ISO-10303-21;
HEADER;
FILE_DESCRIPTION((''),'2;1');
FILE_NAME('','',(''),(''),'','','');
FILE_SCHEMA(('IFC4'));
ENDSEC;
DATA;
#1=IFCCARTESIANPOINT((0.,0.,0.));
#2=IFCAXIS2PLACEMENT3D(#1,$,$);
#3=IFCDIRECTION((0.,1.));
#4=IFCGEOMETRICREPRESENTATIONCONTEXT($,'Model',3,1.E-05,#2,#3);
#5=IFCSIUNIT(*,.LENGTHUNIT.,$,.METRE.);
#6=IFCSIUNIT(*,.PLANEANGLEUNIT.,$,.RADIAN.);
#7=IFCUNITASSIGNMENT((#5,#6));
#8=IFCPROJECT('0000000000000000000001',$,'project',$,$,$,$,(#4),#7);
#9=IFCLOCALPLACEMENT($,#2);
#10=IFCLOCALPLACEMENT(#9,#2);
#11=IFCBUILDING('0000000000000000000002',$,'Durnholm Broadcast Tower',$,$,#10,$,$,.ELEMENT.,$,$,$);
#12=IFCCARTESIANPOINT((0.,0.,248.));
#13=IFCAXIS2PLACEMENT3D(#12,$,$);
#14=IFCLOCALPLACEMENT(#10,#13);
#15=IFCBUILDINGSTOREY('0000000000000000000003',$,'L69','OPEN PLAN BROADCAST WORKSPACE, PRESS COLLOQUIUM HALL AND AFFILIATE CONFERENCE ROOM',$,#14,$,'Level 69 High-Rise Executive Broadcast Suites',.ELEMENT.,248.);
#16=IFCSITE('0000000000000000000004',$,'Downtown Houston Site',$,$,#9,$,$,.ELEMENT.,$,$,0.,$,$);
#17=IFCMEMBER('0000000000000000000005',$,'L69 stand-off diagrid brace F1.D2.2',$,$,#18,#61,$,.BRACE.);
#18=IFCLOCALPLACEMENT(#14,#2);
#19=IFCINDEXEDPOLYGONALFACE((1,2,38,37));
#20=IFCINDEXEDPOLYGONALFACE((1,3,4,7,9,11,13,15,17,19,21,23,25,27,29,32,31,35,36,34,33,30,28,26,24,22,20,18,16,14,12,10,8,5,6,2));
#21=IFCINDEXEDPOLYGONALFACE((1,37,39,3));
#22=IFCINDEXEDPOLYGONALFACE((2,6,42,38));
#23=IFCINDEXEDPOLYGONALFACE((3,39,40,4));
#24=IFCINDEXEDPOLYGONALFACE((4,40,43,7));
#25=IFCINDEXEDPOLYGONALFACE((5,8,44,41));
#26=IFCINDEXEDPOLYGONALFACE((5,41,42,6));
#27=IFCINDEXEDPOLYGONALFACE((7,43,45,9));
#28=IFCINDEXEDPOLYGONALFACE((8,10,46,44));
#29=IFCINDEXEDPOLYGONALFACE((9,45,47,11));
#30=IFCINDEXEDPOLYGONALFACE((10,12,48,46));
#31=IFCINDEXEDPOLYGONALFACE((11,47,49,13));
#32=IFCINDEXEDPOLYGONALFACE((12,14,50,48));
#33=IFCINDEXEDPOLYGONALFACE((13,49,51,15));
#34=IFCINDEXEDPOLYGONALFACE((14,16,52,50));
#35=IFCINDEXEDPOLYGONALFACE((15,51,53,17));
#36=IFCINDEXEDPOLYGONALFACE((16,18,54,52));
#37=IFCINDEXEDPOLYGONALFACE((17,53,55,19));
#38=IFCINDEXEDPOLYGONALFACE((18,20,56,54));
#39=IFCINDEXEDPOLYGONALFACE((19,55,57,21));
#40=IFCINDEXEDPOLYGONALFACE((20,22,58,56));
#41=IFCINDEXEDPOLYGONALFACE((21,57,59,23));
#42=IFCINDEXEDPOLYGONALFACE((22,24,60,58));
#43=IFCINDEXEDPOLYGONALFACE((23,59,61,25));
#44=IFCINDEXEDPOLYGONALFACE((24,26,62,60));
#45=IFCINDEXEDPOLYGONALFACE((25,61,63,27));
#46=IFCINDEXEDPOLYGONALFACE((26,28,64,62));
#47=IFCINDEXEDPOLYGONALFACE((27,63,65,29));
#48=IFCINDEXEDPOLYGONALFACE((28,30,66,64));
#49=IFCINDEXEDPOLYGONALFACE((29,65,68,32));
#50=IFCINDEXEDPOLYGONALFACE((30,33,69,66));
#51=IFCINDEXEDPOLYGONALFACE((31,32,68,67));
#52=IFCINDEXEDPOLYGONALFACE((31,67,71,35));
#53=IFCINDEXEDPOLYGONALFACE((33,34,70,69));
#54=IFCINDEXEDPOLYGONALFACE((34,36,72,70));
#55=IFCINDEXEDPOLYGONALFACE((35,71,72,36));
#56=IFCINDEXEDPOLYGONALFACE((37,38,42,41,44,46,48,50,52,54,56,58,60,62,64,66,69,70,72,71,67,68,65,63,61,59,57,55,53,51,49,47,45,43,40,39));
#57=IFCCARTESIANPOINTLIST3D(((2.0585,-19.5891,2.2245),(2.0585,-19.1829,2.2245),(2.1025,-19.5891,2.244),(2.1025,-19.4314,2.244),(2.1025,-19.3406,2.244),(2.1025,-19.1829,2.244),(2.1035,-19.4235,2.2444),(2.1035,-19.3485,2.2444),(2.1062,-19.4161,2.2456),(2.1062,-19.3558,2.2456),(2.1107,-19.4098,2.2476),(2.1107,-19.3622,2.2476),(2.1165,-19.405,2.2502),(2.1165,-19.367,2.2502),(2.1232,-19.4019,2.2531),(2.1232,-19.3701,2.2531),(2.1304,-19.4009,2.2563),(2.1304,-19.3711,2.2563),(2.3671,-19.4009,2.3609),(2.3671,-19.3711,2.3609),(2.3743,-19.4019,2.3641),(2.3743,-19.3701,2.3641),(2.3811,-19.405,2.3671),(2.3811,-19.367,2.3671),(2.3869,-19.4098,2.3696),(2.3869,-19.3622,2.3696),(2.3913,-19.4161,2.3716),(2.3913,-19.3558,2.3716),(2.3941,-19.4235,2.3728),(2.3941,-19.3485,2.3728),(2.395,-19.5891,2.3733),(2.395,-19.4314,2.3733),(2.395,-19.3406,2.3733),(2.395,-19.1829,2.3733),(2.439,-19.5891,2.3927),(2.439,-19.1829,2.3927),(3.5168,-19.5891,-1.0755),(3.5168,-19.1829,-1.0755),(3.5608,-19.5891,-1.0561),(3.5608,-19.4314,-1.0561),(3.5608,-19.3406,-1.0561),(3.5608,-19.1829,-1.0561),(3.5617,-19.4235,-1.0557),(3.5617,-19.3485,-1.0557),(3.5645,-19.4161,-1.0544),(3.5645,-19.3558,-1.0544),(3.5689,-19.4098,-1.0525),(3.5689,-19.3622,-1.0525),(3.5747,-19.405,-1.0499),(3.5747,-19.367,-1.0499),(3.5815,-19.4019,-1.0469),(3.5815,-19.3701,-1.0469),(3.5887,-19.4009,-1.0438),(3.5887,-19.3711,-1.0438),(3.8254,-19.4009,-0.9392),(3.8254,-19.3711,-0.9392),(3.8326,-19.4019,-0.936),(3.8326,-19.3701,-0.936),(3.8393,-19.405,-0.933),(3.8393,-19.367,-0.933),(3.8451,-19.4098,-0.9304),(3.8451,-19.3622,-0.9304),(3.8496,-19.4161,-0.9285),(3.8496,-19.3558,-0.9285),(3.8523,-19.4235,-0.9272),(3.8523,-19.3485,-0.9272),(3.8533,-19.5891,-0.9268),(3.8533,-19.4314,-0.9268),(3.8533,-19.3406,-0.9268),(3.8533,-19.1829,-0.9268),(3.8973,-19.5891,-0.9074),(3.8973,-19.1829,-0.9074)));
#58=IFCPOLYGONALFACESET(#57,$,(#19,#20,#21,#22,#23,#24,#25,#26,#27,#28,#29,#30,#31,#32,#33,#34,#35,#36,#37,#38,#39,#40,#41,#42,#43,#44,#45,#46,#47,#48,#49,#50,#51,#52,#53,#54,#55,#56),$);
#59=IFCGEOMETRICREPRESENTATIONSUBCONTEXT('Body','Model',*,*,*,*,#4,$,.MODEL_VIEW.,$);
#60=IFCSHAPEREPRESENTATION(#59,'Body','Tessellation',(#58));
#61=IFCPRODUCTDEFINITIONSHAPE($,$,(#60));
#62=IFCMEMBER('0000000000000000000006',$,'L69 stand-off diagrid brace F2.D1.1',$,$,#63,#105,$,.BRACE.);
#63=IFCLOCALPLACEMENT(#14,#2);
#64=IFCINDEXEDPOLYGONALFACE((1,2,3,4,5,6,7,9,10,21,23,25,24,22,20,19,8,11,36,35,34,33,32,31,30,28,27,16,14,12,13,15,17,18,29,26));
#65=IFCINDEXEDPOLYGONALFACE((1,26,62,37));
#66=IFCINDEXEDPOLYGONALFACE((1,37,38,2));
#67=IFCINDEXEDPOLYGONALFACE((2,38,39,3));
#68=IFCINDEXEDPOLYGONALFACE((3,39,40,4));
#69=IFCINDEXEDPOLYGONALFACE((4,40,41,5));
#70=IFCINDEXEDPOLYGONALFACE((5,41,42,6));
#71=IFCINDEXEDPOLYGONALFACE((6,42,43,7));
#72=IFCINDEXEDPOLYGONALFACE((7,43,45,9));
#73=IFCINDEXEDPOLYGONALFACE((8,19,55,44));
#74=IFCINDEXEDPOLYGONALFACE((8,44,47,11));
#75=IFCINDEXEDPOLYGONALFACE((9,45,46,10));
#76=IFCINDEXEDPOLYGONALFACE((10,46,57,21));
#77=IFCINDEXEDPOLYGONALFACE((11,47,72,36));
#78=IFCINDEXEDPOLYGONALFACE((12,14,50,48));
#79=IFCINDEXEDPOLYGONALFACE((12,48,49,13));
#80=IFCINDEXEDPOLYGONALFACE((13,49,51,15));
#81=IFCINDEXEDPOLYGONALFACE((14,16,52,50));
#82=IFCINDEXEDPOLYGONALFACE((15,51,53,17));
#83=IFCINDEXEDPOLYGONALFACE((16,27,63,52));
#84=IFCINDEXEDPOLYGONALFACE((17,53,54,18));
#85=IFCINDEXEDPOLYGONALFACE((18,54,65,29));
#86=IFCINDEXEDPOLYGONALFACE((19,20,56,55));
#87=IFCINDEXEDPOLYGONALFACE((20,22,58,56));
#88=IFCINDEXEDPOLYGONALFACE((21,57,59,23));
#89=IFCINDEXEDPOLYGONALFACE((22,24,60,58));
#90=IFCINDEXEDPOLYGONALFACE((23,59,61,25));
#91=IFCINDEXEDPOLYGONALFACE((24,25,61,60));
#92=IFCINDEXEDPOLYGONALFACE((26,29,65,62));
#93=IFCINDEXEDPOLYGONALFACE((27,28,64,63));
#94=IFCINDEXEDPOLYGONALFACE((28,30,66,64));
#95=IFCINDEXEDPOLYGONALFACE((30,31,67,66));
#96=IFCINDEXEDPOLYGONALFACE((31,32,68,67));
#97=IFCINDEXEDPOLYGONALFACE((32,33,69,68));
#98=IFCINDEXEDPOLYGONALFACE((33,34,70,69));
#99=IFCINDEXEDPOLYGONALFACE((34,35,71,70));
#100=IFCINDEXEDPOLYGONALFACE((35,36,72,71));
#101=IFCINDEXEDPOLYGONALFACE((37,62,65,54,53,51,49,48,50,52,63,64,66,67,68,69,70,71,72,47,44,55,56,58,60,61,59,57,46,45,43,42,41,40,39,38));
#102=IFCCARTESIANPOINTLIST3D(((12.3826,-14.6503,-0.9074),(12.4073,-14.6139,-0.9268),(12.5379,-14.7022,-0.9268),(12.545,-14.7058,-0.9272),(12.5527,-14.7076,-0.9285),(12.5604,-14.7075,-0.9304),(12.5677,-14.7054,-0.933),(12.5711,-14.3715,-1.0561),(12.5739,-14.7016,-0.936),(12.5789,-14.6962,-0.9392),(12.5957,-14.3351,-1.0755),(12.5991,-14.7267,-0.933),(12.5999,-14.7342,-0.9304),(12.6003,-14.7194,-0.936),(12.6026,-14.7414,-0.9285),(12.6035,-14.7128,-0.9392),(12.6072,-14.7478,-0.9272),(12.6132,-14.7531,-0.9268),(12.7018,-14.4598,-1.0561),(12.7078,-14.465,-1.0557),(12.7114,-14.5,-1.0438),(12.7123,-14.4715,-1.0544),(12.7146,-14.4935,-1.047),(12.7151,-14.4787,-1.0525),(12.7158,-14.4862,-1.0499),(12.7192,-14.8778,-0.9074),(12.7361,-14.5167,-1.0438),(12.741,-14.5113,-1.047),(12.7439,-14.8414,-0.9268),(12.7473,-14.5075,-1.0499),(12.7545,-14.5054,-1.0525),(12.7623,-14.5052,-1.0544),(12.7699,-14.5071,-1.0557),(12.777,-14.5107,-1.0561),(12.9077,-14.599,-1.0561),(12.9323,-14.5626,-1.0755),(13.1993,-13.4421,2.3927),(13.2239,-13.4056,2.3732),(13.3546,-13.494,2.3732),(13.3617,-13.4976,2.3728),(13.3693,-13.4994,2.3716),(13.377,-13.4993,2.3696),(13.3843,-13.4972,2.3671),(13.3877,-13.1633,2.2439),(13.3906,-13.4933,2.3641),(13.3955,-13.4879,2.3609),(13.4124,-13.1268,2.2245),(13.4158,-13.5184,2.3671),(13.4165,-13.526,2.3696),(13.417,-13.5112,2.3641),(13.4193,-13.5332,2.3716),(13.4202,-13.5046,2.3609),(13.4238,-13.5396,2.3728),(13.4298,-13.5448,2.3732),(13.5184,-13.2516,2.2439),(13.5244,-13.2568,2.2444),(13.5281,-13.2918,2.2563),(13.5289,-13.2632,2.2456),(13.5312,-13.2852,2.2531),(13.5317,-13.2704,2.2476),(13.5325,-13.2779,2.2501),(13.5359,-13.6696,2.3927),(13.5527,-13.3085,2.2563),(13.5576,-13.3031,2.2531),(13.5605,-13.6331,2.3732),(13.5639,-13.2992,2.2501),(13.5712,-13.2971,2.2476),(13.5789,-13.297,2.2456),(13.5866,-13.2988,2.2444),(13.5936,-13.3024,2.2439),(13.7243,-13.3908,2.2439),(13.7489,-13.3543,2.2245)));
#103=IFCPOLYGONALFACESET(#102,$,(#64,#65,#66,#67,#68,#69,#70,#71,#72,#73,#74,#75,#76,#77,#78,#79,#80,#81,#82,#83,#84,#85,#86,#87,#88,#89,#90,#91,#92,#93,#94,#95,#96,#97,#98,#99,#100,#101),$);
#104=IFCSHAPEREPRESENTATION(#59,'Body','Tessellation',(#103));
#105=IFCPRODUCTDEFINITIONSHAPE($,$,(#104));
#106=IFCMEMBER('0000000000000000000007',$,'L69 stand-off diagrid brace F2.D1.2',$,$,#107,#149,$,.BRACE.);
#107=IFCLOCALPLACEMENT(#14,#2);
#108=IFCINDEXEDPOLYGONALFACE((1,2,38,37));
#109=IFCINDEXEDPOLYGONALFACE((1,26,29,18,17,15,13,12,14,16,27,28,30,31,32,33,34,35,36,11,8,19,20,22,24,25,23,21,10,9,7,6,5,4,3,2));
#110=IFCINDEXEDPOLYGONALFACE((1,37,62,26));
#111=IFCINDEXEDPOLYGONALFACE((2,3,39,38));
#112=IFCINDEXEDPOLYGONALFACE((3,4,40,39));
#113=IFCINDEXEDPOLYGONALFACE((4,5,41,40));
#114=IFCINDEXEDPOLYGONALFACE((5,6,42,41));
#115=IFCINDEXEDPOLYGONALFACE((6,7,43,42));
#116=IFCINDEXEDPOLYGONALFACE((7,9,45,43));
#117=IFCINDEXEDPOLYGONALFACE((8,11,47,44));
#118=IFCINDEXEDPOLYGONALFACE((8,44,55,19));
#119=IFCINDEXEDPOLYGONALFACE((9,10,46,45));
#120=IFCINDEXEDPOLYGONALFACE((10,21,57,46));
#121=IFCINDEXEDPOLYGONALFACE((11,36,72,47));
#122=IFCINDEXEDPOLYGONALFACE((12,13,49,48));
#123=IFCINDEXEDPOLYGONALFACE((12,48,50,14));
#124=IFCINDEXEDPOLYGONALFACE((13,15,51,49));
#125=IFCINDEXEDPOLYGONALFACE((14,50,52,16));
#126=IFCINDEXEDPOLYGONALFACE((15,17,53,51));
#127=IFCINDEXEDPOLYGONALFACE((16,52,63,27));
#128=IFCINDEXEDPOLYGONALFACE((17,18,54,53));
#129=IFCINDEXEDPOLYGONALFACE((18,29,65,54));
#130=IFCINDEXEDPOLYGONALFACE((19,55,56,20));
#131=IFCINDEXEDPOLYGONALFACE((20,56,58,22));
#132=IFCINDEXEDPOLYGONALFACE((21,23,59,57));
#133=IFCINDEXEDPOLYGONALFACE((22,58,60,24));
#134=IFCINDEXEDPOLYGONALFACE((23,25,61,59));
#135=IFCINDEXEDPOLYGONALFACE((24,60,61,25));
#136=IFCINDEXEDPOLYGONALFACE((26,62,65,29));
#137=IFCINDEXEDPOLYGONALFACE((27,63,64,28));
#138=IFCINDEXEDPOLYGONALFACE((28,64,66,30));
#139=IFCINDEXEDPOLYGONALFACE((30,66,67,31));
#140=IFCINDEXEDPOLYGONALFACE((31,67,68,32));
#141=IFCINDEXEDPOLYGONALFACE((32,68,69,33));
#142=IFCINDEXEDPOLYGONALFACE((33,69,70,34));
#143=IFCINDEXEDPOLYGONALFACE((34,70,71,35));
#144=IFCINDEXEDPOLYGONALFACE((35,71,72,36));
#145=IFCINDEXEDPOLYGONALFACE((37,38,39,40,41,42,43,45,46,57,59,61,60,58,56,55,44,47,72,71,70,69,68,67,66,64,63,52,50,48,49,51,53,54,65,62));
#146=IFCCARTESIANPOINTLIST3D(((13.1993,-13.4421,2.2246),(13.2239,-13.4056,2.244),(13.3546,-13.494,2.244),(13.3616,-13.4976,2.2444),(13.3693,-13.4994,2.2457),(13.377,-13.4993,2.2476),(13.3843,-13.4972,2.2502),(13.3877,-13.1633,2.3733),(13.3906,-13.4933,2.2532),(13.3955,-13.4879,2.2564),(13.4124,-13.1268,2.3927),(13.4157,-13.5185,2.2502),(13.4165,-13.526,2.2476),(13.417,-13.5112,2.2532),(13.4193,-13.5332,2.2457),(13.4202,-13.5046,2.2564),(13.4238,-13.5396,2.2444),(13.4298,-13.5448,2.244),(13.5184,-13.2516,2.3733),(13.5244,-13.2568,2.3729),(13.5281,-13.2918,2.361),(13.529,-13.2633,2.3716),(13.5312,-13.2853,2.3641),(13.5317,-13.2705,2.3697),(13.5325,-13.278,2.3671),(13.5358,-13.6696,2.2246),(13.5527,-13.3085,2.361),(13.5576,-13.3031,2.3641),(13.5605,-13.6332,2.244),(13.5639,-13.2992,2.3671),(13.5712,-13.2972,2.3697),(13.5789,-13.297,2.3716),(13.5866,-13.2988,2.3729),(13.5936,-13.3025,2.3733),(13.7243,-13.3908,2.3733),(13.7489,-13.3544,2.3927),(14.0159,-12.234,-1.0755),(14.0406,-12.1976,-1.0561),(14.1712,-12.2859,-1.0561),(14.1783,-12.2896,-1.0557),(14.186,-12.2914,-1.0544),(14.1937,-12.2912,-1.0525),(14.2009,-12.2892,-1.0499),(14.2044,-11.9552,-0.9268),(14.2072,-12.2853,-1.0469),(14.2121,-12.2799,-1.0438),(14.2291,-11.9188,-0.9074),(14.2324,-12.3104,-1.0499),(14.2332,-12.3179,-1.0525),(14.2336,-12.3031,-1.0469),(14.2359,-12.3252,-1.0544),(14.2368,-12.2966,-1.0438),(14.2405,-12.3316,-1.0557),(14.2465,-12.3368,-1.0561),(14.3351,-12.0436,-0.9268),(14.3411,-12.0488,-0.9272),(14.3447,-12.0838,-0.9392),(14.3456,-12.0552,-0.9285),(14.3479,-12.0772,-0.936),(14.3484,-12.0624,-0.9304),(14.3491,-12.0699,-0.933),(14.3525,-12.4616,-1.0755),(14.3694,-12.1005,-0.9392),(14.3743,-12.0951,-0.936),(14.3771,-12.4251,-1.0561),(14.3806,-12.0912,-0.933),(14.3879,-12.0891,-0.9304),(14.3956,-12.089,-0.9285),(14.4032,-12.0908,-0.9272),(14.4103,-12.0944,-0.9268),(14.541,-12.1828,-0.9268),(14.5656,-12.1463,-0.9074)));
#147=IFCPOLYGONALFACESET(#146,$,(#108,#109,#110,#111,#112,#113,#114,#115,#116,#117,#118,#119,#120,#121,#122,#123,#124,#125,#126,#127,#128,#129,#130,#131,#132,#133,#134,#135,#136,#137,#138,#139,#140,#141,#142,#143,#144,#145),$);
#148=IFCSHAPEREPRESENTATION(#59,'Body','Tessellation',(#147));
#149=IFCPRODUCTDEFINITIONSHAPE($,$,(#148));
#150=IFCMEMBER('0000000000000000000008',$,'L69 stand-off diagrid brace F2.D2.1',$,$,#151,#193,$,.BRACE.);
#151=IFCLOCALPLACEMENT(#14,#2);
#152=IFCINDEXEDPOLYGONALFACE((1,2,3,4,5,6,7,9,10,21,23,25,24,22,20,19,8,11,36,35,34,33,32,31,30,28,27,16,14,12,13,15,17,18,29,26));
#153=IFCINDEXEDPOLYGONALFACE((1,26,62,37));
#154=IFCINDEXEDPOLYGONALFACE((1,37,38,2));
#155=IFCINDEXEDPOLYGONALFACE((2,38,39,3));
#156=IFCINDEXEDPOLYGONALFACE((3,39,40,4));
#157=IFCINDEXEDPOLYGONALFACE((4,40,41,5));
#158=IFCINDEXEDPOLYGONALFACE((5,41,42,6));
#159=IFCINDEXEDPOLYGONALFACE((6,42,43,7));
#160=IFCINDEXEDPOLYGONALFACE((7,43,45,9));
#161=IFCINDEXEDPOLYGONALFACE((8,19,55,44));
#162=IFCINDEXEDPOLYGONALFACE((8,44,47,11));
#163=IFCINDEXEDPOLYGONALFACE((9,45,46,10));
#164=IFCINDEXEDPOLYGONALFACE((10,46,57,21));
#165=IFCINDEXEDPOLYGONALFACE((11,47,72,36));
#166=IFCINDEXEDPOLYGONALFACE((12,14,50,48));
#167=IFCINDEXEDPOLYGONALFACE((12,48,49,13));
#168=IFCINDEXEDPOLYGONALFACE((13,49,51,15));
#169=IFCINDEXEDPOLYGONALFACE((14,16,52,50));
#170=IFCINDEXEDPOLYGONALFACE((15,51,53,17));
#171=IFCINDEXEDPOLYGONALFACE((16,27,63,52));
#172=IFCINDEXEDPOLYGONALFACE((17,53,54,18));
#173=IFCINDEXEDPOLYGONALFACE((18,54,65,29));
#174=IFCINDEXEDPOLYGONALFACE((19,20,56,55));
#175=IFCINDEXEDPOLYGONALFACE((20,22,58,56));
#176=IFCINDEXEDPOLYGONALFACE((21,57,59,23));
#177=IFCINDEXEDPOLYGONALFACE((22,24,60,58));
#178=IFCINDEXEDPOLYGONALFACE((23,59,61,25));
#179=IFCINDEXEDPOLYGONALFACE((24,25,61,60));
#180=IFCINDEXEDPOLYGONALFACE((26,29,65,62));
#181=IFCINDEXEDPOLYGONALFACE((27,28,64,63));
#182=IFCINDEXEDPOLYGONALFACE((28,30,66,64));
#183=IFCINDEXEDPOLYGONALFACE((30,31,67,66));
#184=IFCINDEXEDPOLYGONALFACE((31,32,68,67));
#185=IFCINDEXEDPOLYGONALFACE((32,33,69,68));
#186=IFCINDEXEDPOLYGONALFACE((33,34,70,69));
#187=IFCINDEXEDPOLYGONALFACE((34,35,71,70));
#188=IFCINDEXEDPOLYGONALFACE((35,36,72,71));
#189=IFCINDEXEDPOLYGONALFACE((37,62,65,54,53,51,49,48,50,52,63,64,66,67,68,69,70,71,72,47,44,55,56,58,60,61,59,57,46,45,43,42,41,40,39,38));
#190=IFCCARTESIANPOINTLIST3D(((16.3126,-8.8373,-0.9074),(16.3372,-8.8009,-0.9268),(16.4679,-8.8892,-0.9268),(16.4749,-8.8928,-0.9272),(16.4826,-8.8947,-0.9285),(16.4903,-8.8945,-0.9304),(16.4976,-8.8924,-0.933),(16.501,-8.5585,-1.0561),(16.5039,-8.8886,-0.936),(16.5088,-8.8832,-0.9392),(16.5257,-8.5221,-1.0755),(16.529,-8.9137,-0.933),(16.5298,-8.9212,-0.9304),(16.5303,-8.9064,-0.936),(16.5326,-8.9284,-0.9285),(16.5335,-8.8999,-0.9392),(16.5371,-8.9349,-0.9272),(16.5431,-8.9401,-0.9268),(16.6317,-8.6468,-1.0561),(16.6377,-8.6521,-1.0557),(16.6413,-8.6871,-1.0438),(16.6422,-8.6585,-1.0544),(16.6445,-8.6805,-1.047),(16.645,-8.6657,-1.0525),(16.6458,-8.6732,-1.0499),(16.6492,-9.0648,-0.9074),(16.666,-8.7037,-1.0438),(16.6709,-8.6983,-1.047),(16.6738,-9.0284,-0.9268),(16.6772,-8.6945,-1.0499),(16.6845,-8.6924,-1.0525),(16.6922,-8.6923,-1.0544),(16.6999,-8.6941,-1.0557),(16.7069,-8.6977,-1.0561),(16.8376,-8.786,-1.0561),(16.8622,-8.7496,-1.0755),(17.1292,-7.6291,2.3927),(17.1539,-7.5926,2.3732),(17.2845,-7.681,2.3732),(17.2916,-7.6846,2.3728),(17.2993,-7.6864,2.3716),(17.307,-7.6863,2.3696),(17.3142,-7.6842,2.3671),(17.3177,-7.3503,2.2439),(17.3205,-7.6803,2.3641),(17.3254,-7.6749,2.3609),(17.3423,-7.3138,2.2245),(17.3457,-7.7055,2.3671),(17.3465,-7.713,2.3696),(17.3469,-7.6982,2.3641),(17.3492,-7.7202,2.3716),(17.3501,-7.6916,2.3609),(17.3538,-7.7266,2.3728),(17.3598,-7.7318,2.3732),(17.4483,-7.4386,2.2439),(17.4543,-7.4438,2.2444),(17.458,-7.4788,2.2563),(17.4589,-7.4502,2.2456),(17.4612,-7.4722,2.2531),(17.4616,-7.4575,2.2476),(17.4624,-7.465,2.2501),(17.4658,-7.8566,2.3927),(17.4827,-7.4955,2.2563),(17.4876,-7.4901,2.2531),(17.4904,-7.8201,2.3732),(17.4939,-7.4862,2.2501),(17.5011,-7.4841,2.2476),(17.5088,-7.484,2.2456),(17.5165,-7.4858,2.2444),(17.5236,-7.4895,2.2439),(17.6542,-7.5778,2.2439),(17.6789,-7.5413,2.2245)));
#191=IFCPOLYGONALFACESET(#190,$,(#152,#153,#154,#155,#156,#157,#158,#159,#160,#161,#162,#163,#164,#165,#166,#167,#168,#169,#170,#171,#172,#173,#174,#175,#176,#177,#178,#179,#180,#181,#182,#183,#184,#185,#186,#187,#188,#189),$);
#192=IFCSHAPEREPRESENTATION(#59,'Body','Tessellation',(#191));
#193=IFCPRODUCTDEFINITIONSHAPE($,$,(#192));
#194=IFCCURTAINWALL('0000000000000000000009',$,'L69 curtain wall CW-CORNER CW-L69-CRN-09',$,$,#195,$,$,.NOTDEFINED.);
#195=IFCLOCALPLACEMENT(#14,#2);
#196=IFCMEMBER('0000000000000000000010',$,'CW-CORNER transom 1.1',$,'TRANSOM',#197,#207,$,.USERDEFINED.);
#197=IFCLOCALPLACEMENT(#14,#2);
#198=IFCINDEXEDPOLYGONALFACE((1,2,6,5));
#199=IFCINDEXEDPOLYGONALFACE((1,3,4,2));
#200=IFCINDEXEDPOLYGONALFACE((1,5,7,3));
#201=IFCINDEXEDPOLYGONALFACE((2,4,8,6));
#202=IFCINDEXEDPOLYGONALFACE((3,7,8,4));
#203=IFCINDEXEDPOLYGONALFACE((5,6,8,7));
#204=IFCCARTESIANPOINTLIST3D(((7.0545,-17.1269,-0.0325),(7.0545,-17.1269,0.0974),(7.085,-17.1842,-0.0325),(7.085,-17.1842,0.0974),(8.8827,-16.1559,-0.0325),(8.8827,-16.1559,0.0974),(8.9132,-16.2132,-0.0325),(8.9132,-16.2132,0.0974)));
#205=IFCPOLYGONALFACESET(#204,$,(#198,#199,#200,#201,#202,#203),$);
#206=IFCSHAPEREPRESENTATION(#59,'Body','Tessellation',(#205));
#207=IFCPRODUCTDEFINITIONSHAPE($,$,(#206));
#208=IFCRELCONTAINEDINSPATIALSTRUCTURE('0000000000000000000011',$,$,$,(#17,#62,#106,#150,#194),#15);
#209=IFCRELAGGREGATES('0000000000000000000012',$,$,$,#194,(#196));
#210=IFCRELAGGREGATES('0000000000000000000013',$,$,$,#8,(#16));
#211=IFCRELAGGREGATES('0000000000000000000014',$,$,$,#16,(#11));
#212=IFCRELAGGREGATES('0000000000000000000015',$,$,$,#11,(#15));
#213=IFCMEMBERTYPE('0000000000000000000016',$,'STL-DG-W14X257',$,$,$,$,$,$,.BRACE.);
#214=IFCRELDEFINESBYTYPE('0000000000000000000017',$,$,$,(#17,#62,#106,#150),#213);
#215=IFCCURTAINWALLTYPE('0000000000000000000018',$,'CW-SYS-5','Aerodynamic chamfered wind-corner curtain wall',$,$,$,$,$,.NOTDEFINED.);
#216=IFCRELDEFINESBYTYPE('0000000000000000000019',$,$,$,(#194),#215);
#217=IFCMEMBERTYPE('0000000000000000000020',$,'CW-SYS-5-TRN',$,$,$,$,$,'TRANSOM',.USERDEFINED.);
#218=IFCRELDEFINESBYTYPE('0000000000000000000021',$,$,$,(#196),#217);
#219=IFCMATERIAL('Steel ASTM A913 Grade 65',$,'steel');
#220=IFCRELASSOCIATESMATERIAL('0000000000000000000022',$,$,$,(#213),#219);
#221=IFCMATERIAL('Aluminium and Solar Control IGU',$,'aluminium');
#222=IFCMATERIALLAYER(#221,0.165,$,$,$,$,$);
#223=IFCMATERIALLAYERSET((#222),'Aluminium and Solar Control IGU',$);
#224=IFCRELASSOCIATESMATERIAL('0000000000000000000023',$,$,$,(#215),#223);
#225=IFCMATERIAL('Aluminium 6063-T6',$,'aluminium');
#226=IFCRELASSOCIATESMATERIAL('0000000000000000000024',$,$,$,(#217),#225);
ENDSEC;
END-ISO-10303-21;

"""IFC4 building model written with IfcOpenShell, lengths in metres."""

from ifc_helpers import new_model, si_unit, direction, frame, origin, origin_2d, place, context, subcontext, project, spatial, rectangle, i_section, extrude, source, transform, mapped, material, layer, layer_set, material_profile, profile_set, type_object, type_shapes, element, aggregate, save


model = new_model("IFC4")

# Units and contexts
model_context = context("Model", 3, precision=1e-05, world=origin(), true_north=direction((0.0, 1.0)))
body_context = subcontext(model_context, "Body", "Model", "MODEL_VIEW")
ifc_project = project(units=[si_unit("LENGTHUNIT", "METRE"), si_unit("PLANEANGLEUNIT", "RADIAN")], contexts=[model_context])

# Site, building, storey
site_placement = place(None, origin())
site = spatial("IfcSite", under=ifc_project, at=site_placement, Name="Downtown Houston Site", CompositionType="ELEMENT", RefElevation=0.0)
building_placement = place(site_placement, origin())
building = spatial("IfcBuilding", under=site, at=building_placement, Name="Durnholm Broadcast Tower", CompositionType="ELEMENT")
storey_placement = place(building_placement, frame((0.0, 0.0, 248.0)))
storey = spatial("IfcBuildingStorey", under=building, at=storey_placement, Name="L69", Description="OPEN PLAN BROADCAST WORKSPACE, PRESS COLLOQUIUM HALL AND AFFILIATE CONFERENCE ROOM", LongName="Level 69 High-Rise Executive Broadcast Suites", CompositionType="ELEMENT", Elevation=248.0)

# Members
ifc_material_1 = material(Name="Steel ASTM A913 Grade 65", Category="steel")
ifc_material_profile_1 = material_profile(ifc_material_1, i_section(OverallWidth=0.4062, OverallDepth=0.416, WebThickness=0.0298, FlangeThickness=0.0481, FilletRadius=0.0305, at=origin_2d()), Name="W14X257")
ifc_profile_set_1 = profile_set([ifc_material_profile_1], Name="Steel ASTM A913 Grade 65")
member_type_1 = type_object("IfcMemberType", Name="STL-DG-W14X257", PredefinedType="BRACE", material=ifc_profile_set_1)
shared_shape_1 = source(origin(), body_context, "Body", "SweptSolid", [
    extrude(i_section(OverallWidth=0.4062, OverallDepth=0.416, WebThickness=0.0298, FlangeThickness=0.0481, FilletRadius=0.0305, at=origin_2d()), origin(), (0.0, 0.0, 1.0), 3.6079),
])
type_shapes(member_type_1, [shared_shape_1])
for number, where, z_axis, x_axis, name in (
    (1, (3.707, -19.386, -0.9915), (-0.404185, 0.0, 0.914677), (0.0, -1.0, 0.0), "L69 stand-off diagrid brace F1.D2.2"),
    (2, (12.6575, -14.6064, -0.9915), (0.226349, 0.334888, 0.914667), (-0.828505, 0.559982, 0.0), "L69 stand-off diagrid brace F2.D1.1"),
    (3, (14.2908, -12.1902, -0.9915), (-0.226354, -0.334828, 0.914688), (0.828452, -0.560059, 0.0), "L69 stand-off diagrid brace F2.D1.2"),
    (4, (16.5874, -8.7935, -0.9915), (0.226349, 0.334888, 0.914667), (-0.828505, 0.559982, 0.0), "L69 stand-off diagrid brace F2.D2.1"),
):
    element("IfcMember", number, at=place(storey_placement, frame(where, z_axis=z_axis, x_axis=x_axis)), inside=storey, type_object=member_type_1, Name=name, PredefinedType="BRACE", context=body_context, shape_type="MappedRepresentation", body=[
        mapped(shared_shape_1, transform((0.0, 0.0, 0.0), x_axis=(1.0, 0.0, 0.0), y_axis=(0.0, 1.0, 0.0), z_axis=(0.0, 0.0, 1.0), scale=1.0)),
    ])

# Curtain wall, member
ifc_material_2 = material(Name="Aluminium and Solar Control IGU", Category="aluminium")
ifc_layer_1 = layer(ifc_material_2, 0.165)
ifc_layer_set_1 = layer_set([ifc_layer_1], Name="Aluminium and Solar Control IGU")
curtain_wall_type_1 = type_object("IfcCurtainWallType", Name="CW-SYS-5", Description="Aerodynamic chamfered wind-corner curtain wall", PredefinedType="NOTDEFINED", material=ifc_layer_set_1)
curtain_wall_1_placement = place(storey_placement, origin())
curtain_wall_1 = element("IfcCurtainWall", 5, at=curtain_wall_1_placement, inside=storey, type_object=curtain_wall_type_1, Name="L69 curtain wall CW-CORNER CW-L69-CRN-09", PredefinedType="NOTDEFINED")
ifc_material_3 = material(Name="Aluminium 6063-T6", Category="aluminium")
ifc_material_profile_2 = material_profile(ifc_material_3, rectangle(XDim=0.0649, YDim=0.1299, at=origin_2d()), Name="CWT65X130")
ifc_profile_set_2 = profile_set([ifc_material_profile_2], Name="Aluminium 6063-T6")
member_type_2 = type_object("IfcMemberType", Name="CW-SYS-5-TRN", ElementType="TRANSOM", PredefinedType="USERDEFINED", material=ifc_profile_set_2)
shared_shape_2 = source(origin(), body_context, "Body", "SweptSolid", [
    extrude(rectangle(XDim=0.0649, YDim=0.1299, at=origin_2d()), origin(), (0.0, 0.0, 1.0), 2.0701),
])
type_shapes(member_type_2, [shared_shape_2])
member_1_placement = place(storey_placement, frame((8.8979, -16.1846, 0.0325), z_axis=(-0.883165, -0.469063, 0.0), x_axis=(0.469063, -0.883165, 0.0)))
member_1 = element("IfcMember", 6, at=member_1_placement, type_object=member_type_2, Name="CW-CORNER transom 1.1", ObjectType="TRANSOM", PredefinedType="USERDEFINED", context=body_context, shape_type="MappedRepresentation", body=[
    mapped(shared_shape_2, transform((0.0, 0.0, 0.0), x_axis=(1.0, 0.0, 0.0), y_axis=(0.0, 1.0, 0.0), z_axis=(0.0, 0.0, 1.0), scale=1.0)),
])

aggregate(curtain_wall_1, [member_1])

save(model, "model.ifc")
